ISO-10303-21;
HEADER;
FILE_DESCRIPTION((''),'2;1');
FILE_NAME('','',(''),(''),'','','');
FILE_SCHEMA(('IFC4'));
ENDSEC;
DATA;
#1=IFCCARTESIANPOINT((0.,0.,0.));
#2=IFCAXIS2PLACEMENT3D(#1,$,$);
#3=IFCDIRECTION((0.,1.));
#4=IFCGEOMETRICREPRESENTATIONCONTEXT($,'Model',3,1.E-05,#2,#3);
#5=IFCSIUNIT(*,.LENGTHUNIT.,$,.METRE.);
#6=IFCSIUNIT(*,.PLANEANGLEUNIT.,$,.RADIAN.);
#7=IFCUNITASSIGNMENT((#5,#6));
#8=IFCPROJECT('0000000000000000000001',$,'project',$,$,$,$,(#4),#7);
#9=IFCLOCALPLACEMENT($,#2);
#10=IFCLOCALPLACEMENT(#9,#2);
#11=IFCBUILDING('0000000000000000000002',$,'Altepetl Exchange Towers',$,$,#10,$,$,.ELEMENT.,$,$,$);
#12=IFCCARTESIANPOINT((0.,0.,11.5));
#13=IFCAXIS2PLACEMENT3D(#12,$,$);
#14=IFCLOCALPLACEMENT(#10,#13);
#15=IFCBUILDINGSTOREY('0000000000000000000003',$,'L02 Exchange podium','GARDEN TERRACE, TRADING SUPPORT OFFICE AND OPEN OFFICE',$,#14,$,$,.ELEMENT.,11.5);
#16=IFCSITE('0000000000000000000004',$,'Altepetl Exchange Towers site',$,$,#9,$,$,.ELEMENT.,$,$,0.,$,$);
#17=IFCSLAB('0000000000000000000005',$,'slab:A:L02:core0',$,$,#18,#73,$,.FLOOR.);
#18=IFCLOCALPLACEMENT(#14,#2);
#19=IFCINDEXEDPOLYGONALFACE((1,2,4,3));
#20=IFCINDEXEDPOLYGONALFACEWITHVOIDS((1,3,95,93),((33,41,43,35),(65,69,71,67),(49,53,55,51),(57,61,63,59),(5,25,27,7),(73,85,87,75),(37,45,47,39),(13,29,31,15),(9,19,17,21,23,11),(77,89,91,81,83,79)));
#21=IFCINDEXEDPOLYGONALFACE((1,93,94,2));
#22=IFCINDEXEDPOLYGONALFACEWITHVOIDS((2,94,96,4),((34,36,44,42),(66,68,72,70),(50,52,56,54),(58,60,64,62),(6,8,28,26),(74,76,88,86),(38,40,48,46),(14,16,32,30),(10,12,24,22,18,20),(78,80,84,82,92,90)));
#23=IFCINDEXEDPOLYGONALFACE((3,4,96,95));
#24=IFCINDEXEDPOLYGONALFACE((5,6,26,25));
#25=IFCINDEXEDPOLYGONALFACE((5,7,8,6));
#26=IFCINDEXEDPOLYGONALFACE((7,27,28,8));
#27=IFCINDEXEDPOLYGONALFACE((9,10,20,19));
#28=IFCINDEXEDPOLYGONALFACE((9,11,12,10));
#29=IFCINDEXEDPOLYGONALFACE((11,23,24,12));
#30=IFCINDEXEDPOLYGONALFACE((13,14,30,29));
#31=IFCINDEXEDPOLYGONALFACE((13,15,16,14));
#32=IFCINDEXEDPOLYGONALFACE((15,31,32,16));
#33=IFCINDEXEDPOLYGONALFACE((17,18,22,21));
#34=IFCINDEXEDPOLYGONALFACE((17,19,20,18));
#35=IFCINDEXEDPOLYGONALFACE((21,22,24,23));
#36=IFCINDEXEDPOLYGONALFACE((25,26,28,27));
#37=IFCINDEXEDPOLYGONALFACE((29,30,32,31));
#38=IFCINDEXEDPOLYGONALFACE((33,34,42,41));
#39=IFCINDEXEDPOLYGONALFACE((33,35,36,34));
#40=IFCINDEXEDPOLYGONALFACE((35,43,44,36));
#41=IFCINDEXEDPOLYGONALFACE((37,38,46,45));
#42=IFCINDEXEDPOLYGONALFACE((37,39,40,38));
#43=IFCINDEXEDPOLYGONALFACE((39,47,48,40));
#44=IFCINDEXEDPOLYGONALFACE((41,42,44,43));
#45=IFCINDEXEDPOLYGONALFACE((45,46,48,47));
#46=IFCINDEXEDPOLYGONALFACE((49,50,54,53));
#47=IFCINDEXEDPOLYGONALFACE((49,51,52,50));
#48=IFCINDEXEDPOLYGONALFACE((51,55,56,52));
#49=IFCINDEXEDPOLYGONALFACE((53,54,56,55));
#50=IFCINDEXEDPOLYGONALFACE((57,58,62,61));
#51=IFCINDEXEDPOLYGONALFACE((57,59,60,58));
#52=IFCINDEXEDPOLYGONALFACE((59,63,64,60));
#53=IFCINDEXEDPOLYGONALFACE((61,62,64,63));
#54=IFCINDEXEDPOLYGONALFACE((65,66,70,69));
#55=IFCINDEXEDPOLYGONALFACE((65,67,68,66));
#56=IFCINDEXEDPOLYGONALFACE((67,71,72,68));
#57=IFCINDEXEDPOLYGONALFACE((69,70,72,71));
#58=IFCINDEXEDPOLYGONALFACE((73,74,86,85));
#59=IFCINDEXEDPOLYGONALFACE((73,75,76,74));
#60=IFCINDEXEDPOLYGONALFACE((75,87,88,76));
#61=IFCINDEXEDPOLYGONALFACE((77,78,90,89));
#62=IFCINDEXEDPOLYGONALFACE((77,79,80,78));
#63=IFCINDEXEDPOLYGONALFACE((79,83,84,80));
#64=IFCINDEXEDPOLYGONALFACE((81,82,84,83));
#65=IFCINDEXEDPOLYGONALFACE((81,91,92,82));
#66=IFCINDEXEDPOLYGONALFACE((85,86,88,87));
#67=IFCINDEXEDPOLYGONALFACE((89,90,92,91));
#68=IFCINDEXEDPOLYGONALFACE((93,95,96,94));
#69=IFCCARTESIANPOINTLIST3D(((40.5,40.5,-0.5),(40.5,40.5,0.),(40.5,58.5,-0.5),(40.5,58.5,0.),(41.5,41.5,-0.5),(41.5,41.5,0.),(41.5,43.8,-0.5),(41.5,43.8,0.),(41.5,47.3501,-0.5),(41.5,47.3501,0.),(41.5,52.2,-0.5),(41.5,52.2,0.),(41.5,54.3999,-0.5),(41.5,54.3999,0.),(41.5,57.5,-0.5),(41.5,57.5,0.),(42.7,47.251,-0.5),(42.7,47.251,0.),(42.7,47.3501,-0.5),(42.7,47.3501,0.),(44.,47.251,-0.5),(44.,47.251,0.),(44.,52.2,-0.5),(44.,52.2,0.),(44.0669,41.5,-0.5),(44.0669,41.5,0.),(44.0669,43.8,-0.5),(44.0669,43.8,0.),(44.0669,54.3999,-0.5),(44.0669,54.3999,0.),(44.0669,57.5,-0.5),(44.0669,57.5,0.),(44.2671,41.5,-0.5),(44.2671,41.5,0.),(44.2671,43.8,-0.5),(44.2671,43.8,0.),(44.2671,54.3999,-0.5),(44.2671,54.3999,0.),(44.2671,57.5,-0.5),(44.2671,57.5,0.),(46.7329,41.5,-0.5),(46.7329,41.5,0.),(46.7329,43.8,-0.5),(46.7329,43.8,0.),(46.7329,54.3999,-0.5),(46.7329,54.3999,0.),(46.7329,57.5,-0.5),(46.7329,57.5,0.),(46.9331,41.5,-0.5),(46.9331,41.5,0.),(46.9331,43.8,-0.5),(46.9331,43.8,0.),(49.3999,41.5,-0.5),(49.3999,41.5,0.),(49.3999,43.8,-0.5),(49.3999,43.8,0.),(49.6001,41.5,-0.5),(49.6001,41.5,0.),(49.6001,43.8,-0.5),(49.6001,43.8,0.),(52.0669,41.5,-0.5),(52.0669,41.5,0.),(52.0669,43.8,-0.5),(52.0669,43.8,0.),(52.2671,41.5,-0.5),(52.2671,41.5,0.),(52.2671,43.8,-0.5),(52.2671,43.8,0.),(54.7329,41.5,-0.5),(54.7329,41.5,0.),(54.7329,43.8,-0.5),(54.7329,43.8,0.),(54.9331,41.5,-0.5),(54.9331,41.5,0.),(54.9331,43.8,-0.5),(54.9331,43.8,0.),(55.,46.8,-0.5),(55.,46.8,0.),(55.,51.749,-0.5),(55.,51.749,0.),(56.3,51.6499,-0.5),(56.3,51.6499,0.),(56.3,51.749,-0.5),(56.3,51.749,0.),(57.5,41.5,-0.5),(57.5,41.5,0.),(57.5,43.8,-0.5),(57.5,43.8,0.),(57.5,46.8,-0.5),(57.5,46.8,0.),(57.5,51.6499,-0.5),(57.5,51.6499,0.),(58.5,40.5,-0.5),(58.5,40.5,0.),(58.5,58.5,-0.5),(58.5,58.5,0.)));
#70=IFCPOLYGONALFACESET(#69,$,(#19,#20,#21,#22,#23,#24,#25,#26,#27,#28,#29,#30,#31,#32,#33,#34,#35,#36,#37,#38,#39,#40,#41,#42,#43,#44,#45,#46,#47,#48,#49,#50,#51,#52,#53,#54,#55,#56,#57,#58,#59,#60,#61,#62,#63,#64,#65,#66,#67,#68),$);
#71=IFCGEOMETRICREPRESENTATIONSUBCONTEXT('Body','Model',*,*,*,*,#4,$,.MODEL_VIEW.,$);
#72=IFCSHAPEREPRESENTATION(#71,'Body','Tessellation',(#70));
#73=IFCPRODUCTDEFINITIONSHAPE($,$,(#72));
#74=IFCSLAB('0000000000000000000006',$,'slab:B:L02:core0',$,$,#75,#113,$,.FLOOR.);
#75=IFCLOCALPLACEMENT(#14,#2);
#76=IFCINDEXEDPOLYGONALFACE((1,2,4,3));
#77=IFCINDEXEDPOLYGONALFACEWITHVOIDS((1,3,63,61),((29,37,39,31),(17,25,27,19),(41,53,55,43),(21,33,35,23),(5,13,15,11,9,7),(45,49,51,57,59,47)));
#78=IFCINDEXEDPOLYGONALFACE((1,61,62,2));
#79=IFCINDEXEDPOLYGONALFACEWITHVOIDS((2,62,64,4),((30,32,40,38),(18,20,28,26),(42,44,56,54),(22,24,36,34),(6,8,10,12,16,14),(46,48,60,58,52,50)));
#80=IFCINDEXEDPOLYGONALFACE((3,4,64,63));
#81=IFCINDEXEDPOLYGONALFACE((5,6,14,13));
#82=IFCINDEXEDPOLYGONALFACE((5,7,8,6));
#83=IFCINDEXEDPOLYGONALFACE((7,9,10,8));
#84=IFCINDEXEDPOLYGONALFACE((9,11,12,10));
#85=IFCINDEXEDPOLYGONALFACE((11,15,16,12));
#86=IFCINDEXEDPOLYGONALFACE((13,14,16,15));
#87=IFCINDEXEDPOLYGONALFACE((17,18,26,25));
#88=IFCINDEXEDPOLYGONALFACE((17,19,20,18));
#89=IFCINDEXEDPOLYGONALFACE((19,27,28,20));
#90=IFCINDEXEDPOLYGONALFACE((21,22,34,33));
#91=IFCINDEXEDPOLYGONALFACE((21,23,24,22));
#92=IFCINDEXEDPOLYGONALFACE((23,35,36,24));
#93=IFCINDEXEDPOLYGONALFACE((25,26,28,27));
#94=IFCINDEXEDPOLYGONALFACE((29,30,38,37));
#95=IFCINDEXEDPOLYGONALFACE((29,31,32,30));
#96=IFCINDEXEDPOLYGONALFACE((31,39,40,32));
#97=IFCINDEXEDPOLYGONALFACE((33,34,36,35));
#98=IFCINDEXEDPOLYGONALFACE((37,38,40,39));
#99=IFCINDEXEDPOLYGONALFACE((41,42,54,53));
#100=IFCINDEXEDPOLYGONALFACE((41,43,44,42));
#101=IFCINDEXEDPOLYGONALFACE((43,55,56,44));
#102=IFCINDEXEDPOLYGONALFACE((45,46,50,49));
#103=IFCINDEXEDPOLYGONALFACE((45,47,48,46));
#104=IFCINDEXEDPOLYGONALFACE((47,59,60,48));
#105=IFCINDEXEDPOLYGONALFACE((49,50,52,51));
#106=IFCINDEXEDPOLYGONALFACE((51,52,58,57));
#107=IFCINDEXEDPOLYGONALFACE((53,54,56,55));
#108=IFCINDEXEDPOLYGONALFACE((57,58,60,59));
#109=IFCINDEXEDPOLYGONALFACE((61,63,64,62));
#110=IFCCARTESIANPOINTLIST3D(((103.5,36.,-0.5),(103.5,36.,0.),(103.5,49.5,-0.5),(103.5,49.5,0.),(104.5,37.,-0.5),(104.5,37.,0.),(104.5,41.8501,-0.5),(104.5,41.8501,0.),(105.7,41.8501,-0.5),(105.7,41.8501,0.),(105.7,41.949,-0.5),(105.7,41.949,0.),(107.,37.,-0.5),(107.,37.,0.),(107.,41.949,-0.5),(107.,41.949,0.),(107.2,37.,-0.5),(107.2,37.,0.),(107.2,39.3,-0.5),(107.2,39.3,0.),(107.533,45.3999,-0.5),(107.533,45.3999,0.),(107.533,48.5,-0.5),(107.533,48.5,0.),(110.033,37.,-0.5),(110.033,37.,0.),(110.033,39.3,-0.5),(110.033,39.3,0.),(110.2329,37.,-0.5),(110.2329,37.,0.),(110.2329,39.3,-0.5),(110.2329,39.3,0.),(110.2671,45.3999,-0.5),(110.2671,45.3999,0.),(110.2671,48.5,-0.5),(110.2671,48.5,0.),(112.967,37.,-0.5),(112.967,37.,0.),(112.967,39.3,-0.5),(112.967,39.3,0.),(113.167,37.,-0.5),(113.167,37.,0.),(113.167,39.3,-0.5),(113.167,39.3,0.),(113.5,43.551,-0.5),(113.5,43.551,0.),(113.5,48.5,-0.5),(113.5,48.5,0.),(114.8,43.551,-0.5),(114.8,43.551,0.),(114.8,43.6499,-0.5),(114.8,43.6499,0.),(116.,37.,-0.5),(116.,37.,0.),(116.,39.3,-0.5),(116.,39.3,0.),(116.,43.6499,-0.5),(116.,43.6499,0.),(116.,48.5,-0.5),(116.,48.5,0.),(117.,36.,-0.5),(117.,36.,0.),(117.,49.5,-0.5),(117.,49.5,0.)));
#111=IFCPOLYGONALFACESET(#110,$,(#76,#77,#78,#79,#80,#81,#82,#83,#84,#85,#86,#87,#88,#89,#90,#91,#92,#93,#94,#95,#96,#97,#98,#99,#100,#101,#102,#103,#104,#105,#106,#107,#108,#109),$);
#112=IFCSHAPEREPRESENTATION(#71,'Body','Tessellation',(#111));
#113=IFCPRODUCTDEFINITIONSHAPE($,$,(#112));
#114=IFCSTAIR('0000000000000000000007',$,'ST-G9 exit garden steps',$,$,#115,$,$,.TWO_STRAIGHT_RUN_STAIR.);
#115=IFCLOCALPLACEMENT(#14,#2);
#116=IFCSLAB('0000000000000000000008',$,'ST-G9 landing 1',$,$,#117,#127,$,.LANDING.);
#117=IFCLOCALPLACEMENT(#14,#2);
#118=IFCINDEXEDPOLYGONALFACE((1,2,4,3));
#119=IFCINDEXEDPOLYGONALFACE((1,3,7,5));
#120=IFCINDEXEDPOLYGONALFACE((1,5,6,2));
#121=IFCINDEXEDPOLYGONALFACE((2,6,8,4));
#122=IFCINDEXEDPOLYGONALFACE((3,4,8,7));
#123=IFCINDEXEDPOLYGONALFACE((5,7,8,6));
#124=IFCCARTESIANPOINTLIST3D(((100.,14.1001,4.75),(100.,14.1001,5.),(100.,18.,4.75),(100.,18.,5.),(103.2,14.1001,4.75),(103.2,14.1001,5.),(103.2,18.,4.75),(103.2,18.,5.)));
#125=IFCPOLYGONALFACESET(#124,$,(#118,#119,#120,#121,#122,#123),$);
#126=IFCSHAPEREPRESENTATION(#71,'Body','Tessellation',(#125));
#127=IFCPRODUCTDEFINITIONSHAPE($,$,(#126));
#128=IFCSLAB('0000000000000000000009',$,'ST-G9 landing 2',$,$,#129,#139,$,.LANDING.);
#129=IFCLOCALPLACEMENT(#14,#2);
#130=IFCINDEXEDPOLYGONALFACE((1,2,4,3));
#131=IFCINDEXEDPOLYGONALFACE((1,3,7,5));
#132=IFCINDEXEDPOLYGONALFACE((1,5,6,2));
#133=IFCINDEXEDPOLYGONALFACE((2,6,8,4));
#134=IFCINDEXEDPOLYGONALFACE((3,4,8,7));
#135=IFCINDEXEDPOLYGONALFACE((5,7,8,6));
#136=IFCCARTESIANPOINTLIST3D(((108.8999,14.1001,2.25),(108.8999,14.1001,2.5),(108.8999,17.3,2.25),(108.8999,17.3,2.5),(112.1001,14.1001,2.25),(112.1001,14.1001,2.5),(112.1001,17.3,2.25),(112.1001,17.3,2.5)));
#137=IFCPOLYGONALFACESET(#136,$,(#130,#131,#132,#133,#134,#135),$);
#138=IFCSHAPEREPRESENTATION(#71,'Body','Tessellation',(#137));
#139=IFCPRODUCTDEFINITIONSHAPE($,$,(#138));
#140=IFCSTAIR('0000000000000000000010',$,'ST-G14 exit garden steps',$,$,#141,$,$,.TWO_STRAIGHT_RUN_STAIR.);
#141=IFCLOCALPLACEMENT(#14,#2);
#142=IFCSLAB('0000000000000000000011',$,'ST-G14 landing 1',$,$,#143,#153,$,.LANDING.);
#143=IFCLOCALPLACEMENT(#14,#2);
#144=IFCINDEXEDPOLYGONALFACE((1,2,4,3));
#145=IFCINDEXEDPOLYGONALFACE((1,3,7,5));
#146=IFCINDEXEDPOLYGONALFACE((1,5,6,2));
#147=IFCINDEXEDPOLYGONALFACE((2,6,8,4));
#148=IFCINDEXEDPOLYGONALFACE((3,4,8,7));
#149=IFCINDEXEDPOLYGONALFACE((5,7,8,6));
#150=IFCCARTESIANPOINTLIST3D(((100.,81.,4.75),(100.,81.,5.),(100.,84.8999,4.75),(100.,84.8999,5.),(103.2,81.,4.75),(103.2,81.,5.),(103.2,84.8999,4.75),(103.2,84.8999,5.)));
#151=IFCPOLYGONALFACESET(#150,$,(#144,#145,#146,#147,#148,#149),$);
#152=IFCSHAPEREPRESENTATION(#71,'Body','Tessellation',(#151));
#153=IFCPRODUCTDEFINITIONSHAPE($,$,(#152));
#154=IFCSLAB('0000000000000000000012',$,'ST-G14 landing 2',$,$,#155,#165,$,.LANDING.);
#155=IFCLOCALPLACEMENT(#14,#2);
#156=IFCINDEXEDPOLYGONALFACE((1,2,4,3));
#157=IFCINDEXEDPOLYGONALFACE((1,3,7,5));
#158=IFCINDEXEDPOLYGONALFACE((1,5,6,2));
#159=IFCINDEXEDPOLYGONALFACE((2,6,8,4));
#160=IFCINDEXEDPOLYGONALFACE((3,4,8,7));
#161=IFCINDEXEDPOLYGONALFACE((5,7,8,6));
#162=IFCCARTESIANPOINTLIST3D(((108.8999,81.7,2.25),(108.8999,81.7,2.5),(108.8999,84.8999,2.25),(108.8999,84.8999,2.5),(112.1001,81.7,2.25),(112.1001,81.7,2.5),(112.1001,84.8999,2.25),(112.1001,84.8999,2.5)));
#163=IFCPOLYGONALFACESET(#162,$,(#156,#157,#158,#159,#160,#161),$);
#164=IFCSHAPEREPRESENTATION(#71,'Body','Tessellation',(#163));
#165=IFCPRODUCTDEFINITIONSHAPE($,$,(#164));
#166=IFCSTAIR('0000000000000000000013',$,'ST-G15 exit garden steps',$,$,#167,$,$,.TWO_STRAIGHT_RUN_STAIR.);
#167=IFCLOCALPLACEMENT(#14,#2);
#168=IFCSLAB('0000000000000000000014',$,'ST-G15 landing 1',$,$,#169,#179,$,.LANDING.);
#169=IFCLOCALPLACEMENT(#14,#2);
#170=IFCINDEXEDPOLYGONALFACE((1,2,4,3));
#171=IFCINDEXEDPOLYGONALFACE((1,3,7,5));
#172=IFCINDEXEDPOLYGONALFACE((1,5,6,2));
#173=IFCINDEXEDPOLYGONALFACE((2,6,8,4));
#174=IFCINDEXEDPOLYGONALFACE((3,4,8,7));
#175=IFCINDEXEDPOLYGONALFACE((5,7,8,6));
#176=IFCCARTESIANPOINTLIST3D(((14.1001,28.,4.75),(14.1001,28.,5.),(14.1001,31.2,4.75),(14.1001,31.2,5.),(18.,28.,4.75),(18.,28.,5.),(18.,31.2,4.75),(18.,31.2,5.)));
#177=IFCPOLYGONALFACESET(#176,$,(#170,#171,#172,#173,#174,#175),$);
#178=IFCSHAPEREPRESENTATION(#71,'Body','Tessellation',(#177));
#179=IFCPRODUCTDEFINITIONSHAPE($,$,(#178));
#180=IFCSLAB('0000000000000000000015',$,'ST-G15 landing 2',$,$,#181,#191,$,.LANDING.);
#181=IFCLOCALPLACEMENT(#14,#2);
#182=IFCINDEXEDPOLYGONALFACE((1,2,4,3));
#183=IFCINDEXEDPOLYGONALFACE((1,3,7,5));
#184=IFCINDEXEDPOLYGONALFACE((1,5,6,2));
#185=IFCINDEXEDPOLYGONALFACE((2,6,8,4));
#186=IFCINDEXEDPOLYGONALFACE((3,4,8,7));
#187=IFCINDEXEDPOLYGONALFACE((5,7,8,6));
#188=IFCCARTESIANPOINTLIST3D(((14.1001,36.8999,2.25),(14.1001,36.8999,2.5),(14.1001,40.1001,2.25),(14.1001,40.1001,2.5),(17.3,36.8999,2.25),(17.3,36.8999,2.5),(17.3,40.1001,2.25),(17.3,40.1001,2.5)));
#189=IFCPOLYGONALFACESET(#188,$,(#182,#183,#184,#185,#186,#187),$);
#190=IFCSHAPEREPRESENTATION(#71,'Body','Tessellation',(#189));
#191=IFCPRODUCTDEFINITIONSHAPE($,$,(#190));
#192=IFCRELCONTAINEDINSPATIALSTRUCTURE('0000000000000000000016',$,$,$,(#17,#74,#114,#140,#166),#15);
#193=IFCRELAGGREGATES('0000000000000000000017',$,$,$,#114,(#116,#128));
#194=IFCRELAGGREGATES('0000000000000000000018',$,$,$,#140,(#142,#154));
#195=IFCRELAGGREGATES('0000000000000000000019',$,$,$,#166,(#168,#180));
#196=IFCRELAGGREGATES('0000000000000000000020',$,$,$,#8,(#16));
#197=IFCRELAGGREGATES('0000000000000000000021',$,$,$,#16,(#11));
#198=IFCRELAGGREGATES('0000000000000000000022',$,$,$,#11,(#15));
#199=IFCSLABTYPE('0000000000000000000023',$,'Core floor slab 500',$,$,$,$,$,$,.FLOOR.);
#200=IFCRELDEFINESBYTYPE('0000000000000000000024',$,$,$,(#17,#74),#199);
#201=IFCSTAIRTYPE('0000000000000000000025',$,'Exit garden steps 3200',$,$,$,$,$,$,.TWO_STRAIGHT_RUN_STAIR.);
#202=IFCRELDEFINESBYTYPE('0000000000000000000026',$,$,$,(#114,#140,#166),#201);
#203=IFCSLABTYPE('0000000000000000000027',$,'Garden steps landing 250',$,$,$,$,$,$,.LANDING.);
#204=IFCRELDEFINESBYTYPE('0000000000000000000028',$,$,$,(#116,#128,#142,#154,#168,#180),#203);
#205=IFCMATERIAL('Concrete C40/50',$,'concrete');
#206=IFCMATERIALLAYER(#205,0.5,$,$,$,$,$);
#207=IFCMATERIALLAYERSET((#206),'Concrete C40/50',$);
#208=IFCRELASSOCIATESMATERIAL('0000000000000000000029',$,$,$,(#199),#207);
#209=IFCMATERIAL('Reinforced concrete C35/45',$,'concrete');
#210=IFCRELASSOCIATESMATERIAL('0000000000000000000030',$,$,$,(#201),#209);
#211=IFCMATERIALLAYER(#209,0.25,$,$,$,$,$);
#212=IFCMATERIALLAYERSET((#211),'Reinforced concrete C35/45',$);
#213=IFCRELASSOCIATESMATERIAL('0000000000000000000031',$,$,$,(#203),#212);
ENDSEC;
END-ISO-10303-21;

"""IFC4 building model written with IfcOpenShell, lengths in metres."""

from ifc_helpers import new_model, si_unit, direction, frame, origin, place, context, subcontext, project, spatial, polyline, outline, extrude, material, layer, layer_set, type_object, element, aggregate, save


model = new_model("IFC4")

# Units and contexts
model_context = context("Model", 3, precision=1e-05, world=origin(), true_north=direction((0.0, 1.0)))
body_context = subcontext(model_context, "Body", "Model", "MODEL_VIEW")
ifc_project = project(units=[si_unit("LENGTHUNIT", "METRE"), si_unit("PLANEANGLEUNIT", "RADIAN")], contexts=[model_context])

# Site, building, storey
site_placement = place(None, origin())
site = spatial("IfcSite", under=ifc_project, at=site_placement, Name="Altepetl Exchange Towers site", CompositionType="ELEMENT", RefElevation=0.0)
building_placement = place(site_placement, origin())
building = spatial("IfcBuilding", under=site, at=building_placement, Name="Altepetl Exchange Towers", CompositionType="ELEMENT")
storey_placement = place(building_placement, frame((0.0, 0.0, 11.5)))
storey = spatial("IfcBuildingStorey", under=building, at=storey_placement, Name="L02 Exchange podium", Description="GARDEN TERRACE, TRADING SUPPORT OFFICE AND OPEN OFFICE", CompositionType="ELEMENT", Elevation=11.5)

# Slabs
ifc_material_1 = material(Name="Concrete C40/50", Category="concrete")
ifc_layer_1 = layer(ifc_material_1, 0.5)
ifc_layer_set_1 = layer_set([ifc_layer_1], Name="Concrete C40/50")
slab_type_1 = type_object("IfcSlabType", Name="Core floor slab 500", PredefinedType="FLOOR", material=ifc_layer_set_1)
slab_1_placement = place(storey_placement, frame((0.0, 0.0, -0.5)))
element("IfcSlab", 1, at=slab_1_placement, inside=storey, type_object=slab_type_1, Name="slab:A:L02:core0", PredefinedType="FLOOR", context=body_context, shape_type="SweptSolid", body=[
    extrude(outline(polyline([(40.5, 40.5), (58.5, 40.5), (58.5, 58.5), (40.5, 58.5), (40.5, 40.5)]), holes=[polyline([(41.5, 43.8), (44.0669, 43.8), (44.0669, 41.5), (41.5, 41.5), (41.5, 43.8)]), polyline([(44.2671, 43.8), (46.7329, 43.8), (46.7329, 41.5), (44.2671, 41.5), (44.2671, 43.8)]), polyline([(46.9331, 43.8), (49.3999, 43.8), (49.3999, 41.5), (46.9331, 41.5), (46.9331, 43.8)]), polyline([(52.0669, 43.8), (52.0669, 41.5), (49.6001, 41.5), (49.6001, 43.8), (52.0669, 43.8)]), polyline([(54.7329, 43.8), (54.7329, 41.5), (52.2671, 41.5), (52.2671, 43.8), (54.7329, 43.8)]), polyline([(54.9331, 43.8), (57.5, 43.8), (57.5, 41.5), (54.9331, 41.5), (54.9331, 43.8)]), polyline([(55.0, 51.749), (56.3, 51.749), (56.3, 51.6499), (57.5, 51.6499), (57.5, 46.8), (55.0, 46.8), (55.0, 51.749)]), polyline([(44.0, 47.251), (42.7, 47.251), (42.7, 47.3501), (41.5, 47.3501), (41.5, 52.2), (44.0, 52.2), (44.0, 47.251)]), polyline([(44.0669, 57.5), (44.0669, 54.3999), (41.5, 54.3999), (41.5, 57.5), (44.0669, 57.5)]), polyline([(46.7329, 57.5), (46.7329, 54.3999), (44.2671, 54.3999), (44.2671, 57.5), (46.7329, 57.5)])]), origin(), (0.0, 0.0, 1.0), 0.5),
])
slab_2_placement = place(storey_placement, frame((0.0, 0.0, -0.5)))
element("IfcSlab", 2, at=slab_2_placement, inside=storey, type_object=slab_type_1, Name="slab:B:L02:core0", PredefinedType="FLOOR", context=body_context, shape_type="SweptSolid", body=[
    extrude(outline(polyline([(103.5, 36.0), (117.0, 36.0), (117.0, 49.5), (103.5, 49.5), (103.5, 36.0)]), holes=[polyline([(107.2, 37.0), (107.2, 39.3), (110.033, 39.3), (110.033, 37.0), (107.2, 37.0)]), polyline([(110.2329, 39.3), (112.967, 39.3), (112.967, 37.0), (110.2329, 37.0), (110.2329, 39.3)]), polyline([(113.167, 39.3), (116.0, 39.3), (116.0, 37.0), (113.167, 37.0), (113.167, 39.3)]), polyline([(107.0, 37.0), (104.5, 37.0), (104.5, 41.8501), (105.7, 41.8501), (105.7, 41.949), (107.0, 41.949), (107.0, 37.0)]), polyline([(116.0, 48.5), (116.0, 43.6499), (114.8, 43.6499), (114.8, 43.551), (113.5, 43.551), (113.5, 48.5), (116.0, 48.5)]), polyline([(107.533, 48.5), (110.2671, 48.5), (110.2671, 45.3999), (107.533, 45.3999), (107.533, 48.5)])]), origin(), (0.0, 0.0, 1.0), 0.5),
])

# Stairs, slabs
ifc_material_2 = material(Name="Reinforced concrete C35/45", Category="concrete")
stair_type_1 = type_object("IfcStairType", Name="Exit garden steps 3200", PredefinedType="TWO_STRAIGHT_RUN_STAIR", material=ifc_material_2)
stair_1_placement = place(storey_placement, origin())
stair_1 = element("IfcStair", 3, at=stair_1_placement, inside=storey, type_object=stair_type_1, Name="ST-G9 exit garden steps", PredefinedType="TWO_STRAIGHT_RUN_STAIR")
ifc_layer_2 = layer(ifc_material_2, 0.25)
ifc_layer_set_2 = layer_set([ifc_layer_2], Name="Reinforced concrete C35/45")
slab_type_2 = type_object("IfcSlabType", Name="Garden steps landing 250", PredefinedType="LANDING", material=ifc_layer_set_2)
slab_3_placement = place(storey_placement, frame((0.0, 0.0, 4.75)))
slab_3 = element("IfcSlab", 4, at=slab_3_placement, type_object=slab_type_2, Name="ST-G9 landing 1", PredefinedType="LANDING", context=body_context, shape_type="SweptSolid", body=[
    extrude(outline(polyline([(100.0, 18.0), (103.2, 18.0), (103.2, 14.1001), (100.0, 14.1001), (100.0, 18.0)])), origin(), (0.0, 0.0, 1.0), 0.25),
])
slab_4_placement = place(storey_placement, frame((0.0, 0.0, 2.25)))
slab_4 = element("IfcSlab", 5, at=slab_4_placement, type_object=slab_type_2, Name="ST-G9 landing 2", PredefinedType="LANDING", context=body_context, shape_type="SweptSolid", body=[
    extrude(outline(polyline([(108.8999, 17.3), (112.1001, 17.3), (112.1001, 14.1001), (108.8999, 14.1001), (108.8999, 17.3)])), origin(), (0.0, 0.0, 1.0), 0.25),
])
aggregate(stair_1, [slab_3, slab_4])
stair_2_placement = place(storey_placement, origin())
stair_2 = element("IfcStair", 6, at=stair_2_placement, inside=storey, type_object=stair_type_1, Name="ST-G14 exit garden steps", PredefinedType="TWO_STRAIGHT_RUN_STAIR")
slab_5_placement = place(storey_placement, frame((0.0, 0.0, 4.75)))
slab_5 = element("IfcSlab", 7, at=slab_5_placement, type_object=slab_type_2, Name="ST-G14 landing 1", PredefinedType="LANDING", context=body_context, shape_type="SweptSolid", body=[
    extrude(outline(polyline([(100.0, 81.0), (103.2, 81.0), (103.2, 84.8999), (100.0, 84.8999), (100.0, 81.0)])), origin(), (0.0, 0.0, 1.0), 0.25),
])
slab_6_placement = place(storey_placement, frame((0.0, 0.0, 2.25)))
slab_6 = element("IfcSlab", 8, at=slab_6_placement, type_object=slab_type_2, Name="ST-G14 landing 2", PredefinedType="LANDING", context=body_context, shape_type="SweptSolid", body=[
    extrude(outline(polyline([(108.8999, 81.7), (112.1001, 81.7), (112.1001, 84.8999), (108.8999, 84.8999), (108.8999, 81.7)])), origin(), (0.0, 0.0, 1.0), 0.25),
])
aggregate(stair_2, [slab_5, slab_6])
stair_3_placement = place(storey_placement, origin())
stair_3 = element("IfcStair", 9, at=stair_3_placement, inside=storey, type_object=stair_type_1, Name="ST-G15 exit garden steps", PredefinedType="TWO_STRAIGHT_RUN_STAIR")
slab_7_placement = place(storey_placement, frame((0.0, 0.0, 4.75)))
slab_7 = element("IfcSlab", 10, at=slab_7_placement, type_object=slab_type_2, Name="ST-G15 landing 1", PredefinedType="LANDING", context=body_context, shape_type="SweptSolid", body=[
    extrude(outline(polyline([(18.0, 28.0), (18.0, 31.2), (14.1001, 31.2), (14.1001, 28.0), (18.0, 28.0)])), origin(), (0.0, 0.0, 1.0), 0.25),
])
slab_8_placement = place(storey_placement, frame((0.0, 0.0, 2.25)))
slab_8 = element("IfcSlab", 11, at=slab_8_placement, type_object=slab_type_2, Name="ST-G15 landing 2", PredefinedType="LANDING", context=body_context, shape_type="SweptSolid", body=[
    extrude(outline(polyline([(17.3, 36.8999), (17.3, 40.1001), (14.1001, 40.1001), (14.1001, 36.8999), (17.3, 36.8999)])), origin(), (0.0, 0.0, 1.0), 0.25),
])
aggregate(stair_3, [slab_7, slab_8])

save(model, "model.ifc")
